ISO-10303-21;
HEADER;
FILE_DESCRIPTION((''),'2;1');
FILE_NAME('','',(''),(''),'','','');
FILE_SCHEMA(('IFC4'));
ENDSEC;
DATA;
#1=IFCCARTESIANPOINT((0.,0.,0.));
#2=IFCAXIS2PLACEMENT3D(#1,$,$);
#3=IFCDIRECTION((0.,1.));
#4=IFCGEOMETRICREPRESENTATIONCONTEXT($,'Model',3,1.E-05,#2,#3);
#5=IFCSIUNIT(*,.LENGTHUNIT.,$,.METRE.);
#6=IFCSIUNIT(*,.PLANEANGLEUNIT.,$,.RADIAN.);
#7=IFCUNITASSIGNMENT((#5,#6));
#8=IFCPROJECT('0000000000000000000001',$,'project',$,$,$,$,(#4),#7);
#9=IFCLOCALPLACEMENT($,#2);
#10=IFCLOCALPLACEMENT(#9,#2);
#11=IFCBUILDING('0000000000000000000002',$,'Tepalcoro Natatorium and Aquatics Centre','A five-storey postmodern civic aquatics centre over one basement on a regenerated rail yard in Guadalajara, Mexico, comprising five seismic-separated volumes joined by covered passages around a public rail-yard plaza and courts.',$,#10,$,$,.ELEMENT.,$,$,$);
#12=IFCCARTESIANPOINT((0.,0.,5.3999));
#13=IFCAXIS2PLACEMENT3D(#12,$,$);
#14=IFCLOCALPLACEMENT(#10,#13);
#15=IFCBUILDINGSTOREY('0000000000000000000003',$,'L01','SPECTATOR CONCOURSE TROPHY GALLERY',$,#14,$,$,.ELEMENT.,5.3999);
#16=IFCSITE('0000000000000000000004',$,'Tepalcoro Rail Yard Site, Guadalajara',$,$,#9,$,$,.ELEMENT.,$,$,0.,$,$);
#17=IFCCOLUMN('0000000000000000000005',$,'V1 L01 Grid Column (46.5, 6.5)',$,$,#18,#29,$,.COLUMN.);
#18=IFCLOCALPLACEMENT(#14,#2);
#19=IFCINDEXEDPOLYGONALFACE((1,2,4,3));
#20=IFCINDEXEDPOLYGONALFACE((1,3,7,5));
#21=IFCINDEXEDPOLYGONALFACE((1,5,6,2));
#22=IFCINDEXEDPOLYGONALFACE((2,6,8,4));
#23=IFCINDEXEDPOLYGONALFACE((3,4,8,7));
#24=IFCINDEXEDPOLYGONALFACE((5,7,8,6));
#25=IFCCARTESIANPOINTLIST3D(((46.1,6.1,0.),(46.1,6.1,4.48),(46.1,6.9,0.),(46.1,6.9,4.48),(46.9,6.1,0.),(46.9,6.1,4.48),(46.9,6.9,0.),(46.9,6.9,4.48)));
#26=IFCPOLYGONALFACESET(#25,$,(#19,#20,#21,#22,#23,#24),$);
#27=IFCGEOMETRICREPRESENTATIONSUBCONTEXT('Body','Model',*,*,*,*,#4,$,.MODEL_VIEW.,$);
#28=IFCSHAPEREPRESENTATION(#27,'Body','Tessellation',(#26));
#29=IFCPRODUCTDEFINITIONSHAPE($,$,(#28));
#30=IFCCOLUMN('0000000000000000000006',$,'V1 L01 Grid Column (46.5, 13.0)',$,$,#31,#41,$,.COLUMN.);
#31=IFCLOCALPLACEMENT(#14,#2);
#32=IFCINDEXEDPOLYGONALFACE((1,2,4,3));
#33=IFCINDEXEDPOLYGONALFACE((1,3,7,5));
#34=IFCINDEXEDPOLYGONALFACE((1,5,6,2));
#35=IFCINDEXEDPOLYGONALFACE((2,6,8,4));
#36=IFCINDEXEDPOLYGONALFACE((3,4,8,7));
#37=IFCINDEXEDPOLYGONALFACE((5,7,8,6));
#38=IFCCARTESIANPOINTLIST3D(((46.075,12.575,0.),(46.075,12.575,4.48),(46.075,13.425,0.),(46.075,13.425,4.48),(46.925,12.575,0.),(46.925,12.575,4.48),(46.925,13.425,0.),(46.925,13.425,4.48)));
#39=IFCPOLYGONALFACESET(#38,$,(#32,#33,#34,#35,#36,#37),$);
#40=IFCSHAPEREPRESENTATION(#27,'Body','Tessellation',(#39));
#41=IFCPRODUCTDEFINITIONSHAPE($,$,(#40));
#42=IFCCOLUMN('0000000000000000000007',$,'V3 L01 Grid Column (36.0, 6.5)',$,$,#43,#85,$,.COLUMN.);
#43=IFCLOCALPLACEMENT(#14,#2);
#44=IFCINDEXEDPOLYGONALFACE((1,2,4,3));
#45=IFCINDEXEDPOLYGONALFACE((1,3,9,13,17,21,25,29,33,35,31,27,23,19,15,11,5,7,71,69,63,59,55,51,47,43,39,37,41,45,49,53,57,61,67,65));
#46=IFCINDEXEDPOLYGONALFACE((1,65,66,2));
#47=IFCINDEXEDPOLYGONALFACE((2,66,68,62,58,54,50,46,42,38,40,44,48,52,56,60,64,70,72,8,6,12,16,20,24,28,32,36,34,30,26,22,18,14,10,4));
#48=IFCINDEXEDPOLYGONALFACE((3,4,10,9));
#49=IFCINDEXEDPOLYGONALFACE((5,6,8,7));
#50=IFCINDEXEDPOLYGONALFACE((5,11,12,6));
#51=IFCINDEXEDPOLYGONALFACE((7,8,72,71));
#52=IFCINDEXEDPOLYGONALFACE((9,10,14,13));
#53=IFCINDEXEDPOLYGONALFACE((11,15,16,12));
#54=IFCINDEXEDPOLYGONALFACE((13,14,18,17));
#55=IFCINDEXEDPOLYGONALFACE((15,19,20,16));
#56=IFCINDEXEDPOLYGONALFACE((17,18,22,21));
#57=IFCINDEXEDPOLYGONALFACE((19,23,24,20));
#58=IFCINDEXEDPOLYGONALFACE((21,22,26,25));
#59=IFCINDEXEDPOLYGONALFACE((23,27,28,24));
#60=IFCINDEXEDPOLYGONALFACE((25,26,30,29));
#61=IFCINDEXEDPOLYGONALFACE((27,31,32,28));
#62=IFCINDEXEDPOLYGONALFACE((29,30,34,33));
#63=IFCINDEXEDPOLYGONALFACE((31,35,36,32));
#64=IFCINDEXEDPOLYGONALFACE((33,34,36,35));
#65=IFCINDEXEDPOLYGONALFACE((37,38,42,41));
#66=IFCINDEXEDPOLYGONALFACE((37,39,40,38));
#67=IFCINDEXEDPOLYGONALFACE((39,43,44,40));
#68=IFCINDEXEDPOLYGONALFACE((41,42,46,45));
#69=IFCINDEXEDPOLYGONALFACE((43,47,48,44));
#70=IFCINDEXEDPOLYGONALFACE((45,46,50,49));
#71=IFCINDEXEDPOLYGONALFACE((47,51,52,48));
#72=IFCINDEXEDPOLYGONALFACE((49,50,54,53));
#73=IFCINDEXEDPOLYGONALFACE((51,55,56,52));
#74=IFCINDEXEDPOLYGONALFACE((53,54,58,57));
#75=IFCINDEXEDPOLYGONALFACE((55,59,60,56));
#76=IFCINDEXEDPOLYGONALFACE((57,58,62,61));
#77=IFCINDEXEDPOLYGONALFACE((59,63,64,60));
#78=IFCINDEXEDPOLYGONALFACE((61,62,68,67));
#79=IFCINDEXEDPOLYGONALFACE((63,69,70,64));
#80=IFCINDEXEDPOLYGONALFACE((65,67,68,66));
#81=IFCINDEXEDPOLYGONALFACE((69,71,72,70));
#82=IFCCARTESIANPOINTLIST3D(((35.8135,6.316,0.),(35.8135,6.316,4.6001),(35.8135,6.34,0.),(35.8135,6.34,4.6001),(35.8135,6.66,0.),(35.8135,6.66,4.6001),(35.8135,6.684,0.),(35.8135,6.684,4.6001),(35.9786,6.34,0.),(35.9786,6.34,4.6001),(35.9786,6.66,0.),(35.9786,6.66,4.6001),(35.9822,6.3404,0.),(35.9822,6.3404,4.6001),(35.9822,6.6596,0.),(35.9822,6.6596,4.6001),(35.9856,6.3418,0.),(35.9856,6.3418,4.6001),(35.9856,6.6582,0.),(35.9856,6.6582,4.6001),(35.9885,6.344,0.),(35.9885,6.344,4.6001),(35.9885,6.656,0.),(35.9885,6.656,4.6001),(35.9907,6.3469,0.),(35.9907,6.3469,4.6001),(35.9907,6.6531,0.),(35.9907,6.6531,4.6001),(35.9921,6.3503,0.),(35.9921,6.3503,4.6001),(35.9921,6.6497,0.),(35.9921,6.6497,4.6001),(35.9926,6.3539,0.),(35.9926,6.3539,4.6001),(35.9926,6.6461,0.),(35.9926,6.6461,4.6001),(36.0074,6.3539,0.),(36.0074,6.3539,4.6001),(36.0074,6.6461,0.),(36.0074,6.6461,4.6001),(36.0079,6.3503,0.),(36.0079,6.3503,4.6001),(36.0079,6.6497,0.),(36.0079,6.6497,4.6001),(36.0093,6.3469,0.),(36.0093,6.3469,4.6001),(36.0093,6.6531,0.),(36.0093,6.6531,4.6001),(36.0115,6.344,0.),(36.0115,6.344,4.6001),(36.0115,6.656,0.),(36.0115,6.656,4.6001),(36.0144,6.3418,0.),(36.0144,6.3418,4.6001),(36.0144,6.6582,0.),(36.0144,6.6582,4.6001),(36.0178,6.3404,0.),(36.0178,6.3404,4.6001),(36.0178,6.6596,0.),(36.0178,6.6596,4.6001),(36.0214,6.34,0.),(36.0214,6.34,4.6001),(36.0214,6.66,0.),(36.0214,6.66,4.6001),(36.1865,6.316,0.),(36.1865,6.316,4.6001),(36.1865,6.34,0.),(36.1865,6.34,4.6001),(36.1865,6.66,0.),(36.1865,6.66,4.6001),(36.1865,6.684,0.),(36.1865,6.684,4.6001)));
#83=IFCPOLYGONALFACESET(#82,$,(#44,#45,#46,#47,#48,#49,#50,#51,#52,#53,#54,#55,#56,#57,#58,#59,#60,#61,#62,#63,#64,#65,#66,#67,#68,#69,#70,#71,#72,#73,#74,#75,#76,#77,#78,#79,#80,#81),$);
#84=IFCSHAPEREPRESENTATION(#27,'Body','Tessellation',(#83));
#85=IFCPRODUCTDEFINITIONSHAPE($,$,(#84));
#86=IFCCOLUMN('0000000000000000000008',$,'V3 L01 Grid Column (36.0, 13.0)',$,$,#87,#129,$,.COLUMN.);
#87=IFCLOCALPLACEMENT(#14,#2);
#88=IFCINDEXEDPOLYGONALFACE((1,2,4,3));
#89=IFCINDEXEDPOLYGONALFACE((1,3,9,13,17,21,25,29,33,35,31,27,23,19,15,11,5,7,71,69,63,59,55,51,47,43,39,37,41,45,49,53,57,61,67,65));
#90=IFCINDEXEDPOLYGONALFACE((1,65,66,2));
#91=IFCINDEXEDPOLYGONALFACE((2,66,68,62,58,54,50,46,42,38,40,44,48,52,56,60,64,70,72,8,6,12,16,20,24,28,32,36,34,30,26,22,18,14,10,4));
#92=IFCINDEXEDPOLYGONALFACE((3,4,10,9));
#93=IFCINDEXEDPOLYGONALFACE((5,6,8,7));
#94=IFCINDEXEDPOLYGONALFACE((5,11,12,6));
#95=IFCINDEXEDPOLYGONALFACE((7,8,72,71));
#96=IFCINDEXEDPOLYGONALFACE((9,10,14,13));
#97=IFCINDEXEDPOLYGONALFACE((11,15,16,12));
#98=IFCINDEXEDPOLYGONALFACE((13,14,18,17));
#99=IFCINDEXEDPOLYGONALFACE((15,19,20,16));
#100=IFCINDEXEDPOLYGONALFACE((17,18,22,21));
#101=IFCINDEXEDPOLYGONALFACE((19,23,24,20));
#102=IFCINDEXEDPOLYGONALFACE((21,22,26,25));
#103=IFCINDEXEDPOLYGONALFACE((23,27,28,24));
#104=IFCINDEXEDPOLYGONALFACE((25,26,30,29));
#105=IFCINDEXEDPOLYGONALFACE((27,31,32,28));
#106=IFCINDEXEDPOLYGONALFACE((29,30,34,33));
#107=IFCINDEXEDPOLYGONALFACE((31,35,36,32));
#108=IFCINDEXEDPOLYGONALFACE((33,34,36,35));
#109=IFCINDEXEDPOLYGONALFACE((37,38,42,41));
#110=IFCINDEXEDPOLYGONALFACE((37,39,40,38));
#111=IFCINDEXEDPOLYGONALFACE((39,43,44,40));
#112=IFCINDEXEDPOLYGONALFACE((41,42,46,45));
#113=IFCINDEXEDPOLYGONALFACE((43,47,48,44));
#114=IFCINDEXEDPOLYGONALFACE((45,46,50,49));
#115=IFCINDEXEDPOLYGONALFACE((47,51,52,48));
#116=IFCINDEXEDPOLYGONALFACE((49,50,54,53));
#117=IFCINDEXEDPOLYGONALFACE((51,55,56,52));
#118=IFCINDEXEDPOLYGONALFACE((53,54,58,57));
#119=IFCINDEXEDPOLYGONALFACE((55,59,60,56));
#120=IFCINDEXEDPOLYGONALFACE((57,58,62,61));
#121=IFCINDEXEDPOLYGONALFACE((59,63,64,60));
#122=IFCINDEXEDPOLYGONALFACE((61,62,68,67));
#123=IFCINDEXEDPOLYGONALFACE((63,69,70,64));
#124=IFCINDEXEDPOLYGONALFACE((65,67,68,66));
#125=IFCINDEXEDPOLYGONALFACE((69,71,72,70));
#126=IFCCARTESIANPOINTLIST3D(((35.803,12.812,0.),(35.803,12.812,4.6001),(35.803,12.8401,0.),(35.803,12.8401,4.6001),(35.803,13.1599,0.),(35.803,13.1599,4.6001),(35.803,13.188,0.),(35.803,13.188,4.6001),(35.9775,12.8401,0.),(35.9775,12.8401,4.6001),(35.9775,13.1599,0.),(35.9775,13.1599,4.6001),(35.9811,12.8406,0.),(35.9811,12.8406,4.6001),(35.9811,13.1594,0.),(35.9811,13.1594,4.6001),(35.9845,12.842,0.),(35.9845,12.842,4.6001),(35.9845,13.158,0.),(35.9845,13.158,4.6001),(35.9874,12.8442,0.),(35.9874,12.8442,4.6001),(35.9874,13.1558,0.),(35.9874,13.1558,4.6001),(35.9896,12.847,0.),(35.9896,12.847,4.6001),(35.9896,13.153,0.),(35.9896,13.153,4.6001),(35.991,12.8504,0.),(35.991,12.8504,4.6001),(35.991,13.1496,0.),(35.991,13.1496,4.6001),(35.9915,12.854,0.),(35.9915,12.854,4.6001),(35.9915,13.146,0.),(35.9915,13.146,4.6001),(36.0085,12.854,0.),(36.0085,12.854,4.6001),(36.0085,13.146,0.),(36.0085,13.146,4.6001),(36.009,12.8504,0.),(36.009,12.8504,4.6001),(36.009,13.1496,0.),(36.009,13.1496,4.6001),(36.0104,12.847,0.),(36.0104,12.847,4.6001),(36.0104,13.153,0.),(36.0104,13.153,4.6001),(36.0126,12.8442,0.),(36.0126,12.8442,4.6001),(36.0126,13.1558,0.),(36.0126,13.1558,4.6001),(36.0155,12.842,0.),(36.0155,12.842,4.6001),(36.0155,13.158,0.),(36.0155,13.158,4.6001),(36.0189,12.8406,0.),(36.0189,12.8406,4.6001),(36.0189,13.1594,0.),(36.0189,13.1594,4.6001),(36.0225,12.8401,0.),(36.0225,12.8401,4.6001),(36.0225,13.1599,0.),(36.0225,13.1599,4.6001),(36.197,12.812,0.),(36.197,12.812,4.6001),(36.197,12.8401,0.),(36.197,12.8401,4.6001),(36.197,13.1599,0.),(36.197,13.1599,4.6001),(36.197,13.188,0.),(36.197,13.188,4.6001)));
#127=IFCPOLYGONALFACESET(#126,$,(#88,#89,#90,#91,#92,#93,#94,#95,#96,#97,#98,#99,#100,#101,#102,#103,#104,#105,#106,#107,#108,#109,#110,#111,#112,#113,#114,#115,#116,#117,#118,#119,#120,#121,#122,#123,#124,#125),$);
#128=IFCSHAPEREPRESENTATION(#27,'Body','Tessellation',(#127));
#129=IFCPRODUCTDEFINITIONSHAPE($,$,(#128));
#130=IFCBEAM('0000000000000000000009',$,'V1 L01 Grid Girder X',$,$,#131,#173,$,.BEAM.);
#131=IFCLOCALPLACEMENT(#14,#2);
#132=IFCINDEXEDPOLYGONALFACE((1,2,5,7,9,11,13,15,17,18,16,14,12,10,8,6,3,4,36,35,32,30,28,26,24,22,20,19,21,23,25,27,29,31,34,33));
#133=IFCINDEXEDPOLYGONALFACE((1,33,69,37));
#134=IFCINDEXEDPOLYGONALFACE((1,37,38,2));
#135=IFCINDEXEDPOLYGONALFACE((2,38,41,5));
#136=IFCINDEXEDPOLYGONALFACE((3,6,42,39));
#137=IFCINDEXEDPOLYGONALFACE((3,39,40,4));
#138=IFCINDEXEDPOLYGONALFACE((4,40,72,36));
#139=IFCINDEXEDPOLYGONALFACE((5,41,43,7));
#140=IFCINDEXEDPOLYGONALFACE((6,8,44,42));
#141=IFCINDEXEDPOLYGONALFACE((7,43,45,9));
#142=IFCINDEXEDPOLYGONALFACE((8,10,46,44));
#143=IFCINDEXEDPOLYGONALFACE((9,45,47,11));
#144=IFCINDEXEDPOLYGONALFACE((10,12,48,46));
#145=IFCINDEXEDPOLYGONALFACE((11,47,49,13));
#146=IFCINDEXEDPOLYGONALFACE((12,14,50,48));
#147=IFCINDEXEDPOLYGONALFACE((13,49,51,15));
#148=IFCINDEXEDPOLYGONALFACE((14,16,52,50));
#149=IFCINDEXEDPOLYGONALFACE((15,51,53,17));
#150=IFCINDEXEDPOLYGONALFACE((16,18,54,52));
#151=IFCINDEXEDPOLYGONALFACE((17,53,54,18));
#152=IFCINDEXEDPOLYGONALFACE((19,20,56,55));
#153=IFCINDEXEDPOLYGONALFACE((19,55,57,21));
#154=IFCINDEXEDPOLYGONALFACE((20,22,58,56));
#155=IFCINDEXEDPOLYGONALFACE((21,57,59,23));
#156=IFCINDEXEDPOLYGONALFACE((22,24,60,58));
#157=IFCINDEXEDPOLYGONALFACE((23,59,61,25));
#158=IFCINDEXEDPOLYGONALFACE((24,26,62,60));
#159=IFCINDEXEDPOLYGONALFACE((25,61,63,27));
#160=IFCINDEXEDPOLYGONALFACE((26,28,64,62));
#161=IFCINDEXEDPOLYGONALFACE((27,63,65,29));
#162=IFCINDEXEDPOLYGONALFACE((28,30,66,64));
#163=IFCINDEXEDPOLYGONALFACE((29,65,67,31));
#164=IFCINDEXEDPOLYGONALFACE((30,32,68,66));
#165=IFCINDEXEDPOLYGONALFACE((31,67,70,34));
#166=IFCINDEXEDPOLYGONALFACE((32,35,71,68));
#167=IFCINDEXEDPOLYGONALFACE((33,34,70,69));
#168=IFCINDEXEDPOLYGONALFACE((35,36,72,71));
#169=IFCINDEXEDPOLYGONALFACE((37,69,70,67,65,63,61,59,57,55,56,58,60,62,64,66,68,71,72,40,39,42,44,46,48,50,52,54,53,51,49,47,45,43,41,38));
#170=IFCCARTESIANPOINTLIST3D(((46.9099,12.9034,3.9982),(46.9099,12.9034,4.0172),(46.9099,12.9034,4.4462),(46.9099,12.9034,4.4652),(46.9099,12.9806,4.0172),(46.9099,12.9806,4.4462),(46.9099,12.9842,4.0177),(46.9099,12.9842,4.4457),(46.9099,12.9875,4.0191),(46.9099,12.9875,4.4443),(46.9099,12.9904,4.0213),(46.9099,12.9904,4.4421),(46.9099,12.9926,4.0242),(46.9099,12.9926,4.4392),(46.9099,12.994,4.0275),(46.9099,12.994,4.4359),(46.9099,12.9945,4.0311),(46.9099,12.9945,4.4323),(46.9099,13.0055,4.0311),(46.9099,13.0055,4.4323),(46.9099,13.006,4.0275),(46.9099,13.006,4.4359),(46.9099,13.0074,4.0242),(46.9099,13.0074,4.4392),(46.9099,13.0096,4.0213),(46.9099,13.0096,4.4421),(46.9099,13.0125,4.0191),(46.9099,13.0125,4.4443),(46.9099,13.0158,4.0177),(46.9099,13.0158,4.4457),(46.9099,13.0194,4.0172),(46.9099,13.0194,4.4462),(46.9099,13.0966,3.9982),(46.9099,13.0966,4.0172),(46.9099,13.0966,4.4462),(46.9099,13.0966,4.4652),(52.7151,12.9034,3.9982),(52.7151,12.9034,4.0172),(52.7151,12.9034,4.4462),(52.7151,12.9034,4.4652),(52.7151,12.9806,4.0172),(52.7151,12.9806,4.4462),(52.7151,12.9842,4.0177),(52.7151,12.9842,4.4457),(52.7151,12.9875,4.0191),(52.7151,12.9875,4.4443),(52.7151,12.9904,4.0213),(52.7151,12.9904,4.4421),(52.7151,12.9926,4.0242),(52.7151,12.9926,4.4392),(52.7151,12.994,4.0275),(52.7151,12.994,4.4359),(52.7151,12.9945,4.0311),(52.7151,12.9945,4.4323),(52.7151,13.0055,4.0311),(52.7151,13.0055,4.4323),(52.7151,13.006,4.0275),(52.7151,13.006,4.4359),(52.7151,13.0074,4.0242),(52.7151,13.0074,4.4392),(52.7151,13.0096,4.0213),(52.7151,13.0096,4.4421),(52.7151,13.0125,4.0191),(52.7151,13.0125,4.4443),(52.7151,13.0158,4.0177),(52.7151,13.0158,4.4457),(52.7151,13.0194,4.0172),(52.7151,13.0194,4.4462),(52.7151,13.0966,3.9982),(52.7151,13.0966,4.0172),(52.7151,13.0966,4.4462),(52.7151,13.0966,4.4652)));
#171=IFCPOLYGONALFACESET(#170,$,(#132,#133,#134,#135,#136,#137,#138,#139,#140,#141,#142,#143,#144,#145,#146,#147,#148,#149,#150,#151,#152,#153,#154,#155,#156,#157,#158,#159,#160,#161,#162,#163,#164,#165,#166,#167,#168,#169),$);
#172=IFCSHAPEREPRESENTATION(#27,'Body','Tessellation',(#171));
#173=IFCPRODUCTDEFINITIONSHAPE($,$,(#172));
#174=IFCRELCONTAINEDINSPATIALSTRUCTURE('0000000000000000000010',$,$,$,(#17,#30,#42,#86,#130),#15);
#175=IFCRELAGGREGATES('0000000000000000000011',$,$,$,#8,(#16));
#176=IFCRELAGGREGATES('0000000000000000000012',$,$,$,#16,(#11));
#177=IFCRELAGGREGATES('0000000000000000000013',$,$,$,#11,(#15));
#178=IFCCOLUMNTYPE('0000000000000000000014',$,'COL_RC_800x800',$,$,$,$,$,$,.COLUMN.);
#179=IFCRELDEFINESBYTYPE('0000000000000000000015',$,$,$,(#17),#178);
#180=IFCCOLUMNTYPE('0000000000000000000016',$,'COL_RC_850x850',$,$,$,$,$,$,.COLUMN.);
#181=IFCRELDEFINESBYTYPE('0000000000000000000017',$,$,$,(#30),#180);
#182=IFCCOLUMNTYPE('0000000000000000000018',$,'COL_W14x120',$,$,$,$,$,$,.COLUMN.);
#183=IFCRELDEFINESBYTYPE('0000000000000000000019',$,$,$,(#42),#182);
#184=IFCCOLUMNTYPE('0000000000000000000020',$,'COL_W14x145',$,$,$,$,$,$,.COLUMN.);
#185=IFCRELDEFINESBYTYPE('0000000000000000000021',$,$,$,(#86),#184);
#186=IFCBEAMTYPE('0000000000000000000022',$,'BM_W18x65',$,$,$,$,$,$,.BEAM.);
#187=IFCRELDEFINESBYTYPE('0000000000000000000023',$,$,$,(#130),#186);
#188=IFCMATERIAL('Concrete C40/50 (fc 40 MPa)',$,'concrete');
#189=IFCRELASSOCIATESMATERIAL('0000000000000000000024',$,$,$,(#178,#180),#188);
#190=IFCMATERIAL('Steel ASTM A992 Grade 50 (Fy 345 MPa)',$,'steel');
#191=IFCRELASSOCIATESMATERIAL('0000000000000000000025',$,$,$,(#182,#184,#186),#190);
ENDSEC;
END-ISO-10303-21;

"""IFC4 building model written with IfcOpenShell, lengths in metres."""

from ifc_helpers import new_model, si_unit, direction, frame, origin, origin_2d, place, context, subcontext, project, spatial, rectangle, i_section, extrude, material, material_profile, profile_set, type_object, element, save


model = new_model("IFC4")

# Units and contexts
model_context = context("Model", 3, precision=1e-05, world=origin(), true_north=direction((0.0, 1.0)))
body_context = subcontext(model_context, "Body", "Model", "MODEL_VIEW")
ifc_project = project(units=[si_unit("LENGTHUNIT", "METRE"), si_unit("PLANEANGLEUNIT", "RADIAN")], contexts=[model_context])

# Site, building, storey
site_placement = place(None, origin())
site = spatial("IfcSite", under=ifc_project, at=site_placement, Name="Tepalcoro Rail Yard Site, Guadalajara", CompositionType="ELEMENT", RefElevation=0.0)
building_placement = place(site_placement, origin())
building = spatial("IfcBuilding", under=site, at=building_placement, Name="Tepalcoro Natatorium and Aquatics Centre", Description="A five-storey postmodern civic aquatics centre over one basement on a regenerated rail yard in Guadalajara, Mexico, comprising five seismic-separated volumes joined by covered passages around a public rail-yard plaza and courts.", CompositionType="ELEMENT")
storey_placement = place(building_placement, frame((0.0, 0.0, 5.3999)))
storey = spatial("IfcBuildingStorey", under=building, at=storey_placement, Name="L01", Description="SPECTATOR CONCOURSE TROPHY GALLERY", CompositionType="ELEMENT", Elevation=5.3999)

# Columns
ifc_material_1 = material(Name="Concrete C40/50 (fc 40 MPa)", Category="concrete")
ifc_material_profile_1 = material_profile(ifc_material_1, rectangle(XDim=0.8, YDim=0.8, at=origin_2d()), Name="RC800x800")
ifc_profile_set_1 = profile_set([ifc_material_profile_1], Name="Concrete C40/50 (fc 40 MPa)")
column_type_1 = type_object("IfcColumnType", Name="COL_RC_800x800", PredefinedType="COLUMN", material=ifc_profile_set_1)
column_1_placement = place(storey_placement, frame((46.5, 6.5, 0.0), z_axis=(0.0, 0.0, 1.0), x_axis=(1.0, 0.0, 0.0)))
element("IfcColumn", 1, at=column_1_placement, inside=storey, type_object=column_type_1, Name="V1 L01 Grid Column (46.5, 6.5)", PredefinedType="COLUMN", context=body_context, shape_type="SweptSolid", body=[
    extrude(rectangle(XDim=0.8, YDim=0.8, at=origin_2d()), origin(), (0.0, 0.0, 1.0), 4.48),
])
ifc_material_profile_2 = material_profile(ifc_material_1, rectangle(XDim=0.8501, YDim=0.8501, at=origin_2d()), Name="RC850x850")
ifc_profile_set_2 = profile_set([ifc_material_profile_2], Name="Concrete C40/50 (fc 40 MPa)")
column_type_2 = type_object("IfcColumnType", Name="COL_RC_850x850", PredefinedType="COLUMN", material=ifc_profile_set_2)
column_2_placement = place(storey_placement, frame((46.5, 13.0, 0.0), z_axis=(0.0, 0.0, 1.0), x_axis=(1.0, 0.0, 0.0)))
element("IfcColumn", 2, at=column_2_placement, inside=storey, type_object=column_type_2, Name="V1 L01 Grid Column (46.5, 13.0)", PredefinedType="COLUMN", context=body_context, shape_type="SweptSolid", body=[
    extrude(rectangle(XDim=0.8501, YDim=0.8501, at=origin_2d()), origin(), (0.0, 0.0, 1.0), 4.48),
])
ifc_material_2 = material(Name="Steel ASTM A992 Grade 50 (Fy 345 MPa)", Category="steel")
ifc_material_profile_3 = material_profile(ifc_material_2, i_section(OverallWidth=0.373, OverallDepth=0.3679, WebThickness=0.0149, FlangeThickness=0.0239, FilletRadius=0.0139, at=origin_2d()), Name="W14X120")
ifc_profile_set_3 = profile_set([ifc_material_profile_3], Name="Steel ASTM A992 Grade 50 (Fy 345 MPa)")
column_type_3 = type_object("IfcColumnType", Name="COL_W14x120", PredefinedType="COLUMN", material=ifc_profile_set_3)
column_3_placement = place(storey_placement, frame((36.0, 6.5, 0.0), z_axis=(0.0, 0.0, 1.0), x_axis=(1.0, 0.0, 0.0)))
element("IfcColumn", 3, at=column_3_placement, inside=storey, type_object=column_type_3, Name="V3 L01 Grid Column (36.0, 6.5)", PredefinedType="COLUMN", context=body_context, shape_type="SweptSolid", body=[
    extrude(i_section(OverallWidth=0.373, OverallDepth=0.3679, WebThickness=0.0149, FlangeThickness=0.0239, FilletRadius=0.0139, at=origin_2d()), origin(), (0.0, 0.0, 1.0), 4.6001),
])
ifc_material_profile_4 = material_profile(ifc_material_2, i_section(OverallWidth=0.394, OverallDepth=0.376, WebThickness=0.0171, FlangeThickness=0.0281, FilletRadius=0.0139, at=origin_2d()), Name="W14X145")
ifc_profile_set_4 = profile_set([ifc_material_profile_4], Name="Steel ASTM A992 Grade 50 (Fy 345 MPa)")
column_type_4 = type_object("IfcColumnType", Name="COL_W14x145", PredefinedType="COLUMN", material=ifc_profile_set_4)
column_4_placement = place(storey_placement, frame((36.0, 13.0, 0.0), z_axis=(0.0, 0.0, 1.0), x_axis=(1.0, 0.0, 0.0)))
element("IfcColumn", 4, at=column_4_placement, inside=storey, type_object=column_type_4, Name="V3 L01 Grid Column (36.0, 13.0)", PredefinedType="COLUMN", context=body_context, shape_type="SweptSolid", body=[
    extrude(i_section(OverallWidth=0.394, OverallDepth=0.376, WebThickness=0.0171, FlangeThickness=0.0281, FilletRadius=0.0139, at=origin_2d()), origin(), (0.0, 0.0, 1.0), 4.6001),
])

# Beam
ifc_material_profile_5 = material_profile(ifc_material_2, i_section(OverallWidth=0.1931, OverallDepth=0.467, WebThickness=0.011, FlangeThickness=0.019, FilletRadius=0.0139, at=origin_2d()), Name="W18X65")
ifc_profile_set_5 = profile_set([ifc_material_profile_5], Name="Steel ASTM A992 Grade 50 (Fy 345 MPa)")
beam_type_1 = type_object("IfcBeamType", Name="BM_W18x65", PredefinedType="BEAM", material=ifc_profile_set_5)
beam_1_placement = place(storey_placement, frame((46.9099, 13.0, 4.2317), z_axis=(1.0, 0.0, 0.0), x_axis=(0.0, 1.0, 0.0)))
element("IfcBeam", 5, at=beam_1_placement, inside=storey, type_object=beam_type_1, Name="V1 L01 Grid Girder X", PredefinedType="BEAM", context=body_context, shape_type="SweptSolid", body=[
    extrude(i_section(OverallWidth=0.1931, OverallDepth=0.467, WebThickness=0.011, FlangeThickness=0.019, FilletRadius=0.0139, at=origin_2d()), origin(), (0.0, 0.0, 1.0), 5.8052),
])

save(model, "model.ifc")
